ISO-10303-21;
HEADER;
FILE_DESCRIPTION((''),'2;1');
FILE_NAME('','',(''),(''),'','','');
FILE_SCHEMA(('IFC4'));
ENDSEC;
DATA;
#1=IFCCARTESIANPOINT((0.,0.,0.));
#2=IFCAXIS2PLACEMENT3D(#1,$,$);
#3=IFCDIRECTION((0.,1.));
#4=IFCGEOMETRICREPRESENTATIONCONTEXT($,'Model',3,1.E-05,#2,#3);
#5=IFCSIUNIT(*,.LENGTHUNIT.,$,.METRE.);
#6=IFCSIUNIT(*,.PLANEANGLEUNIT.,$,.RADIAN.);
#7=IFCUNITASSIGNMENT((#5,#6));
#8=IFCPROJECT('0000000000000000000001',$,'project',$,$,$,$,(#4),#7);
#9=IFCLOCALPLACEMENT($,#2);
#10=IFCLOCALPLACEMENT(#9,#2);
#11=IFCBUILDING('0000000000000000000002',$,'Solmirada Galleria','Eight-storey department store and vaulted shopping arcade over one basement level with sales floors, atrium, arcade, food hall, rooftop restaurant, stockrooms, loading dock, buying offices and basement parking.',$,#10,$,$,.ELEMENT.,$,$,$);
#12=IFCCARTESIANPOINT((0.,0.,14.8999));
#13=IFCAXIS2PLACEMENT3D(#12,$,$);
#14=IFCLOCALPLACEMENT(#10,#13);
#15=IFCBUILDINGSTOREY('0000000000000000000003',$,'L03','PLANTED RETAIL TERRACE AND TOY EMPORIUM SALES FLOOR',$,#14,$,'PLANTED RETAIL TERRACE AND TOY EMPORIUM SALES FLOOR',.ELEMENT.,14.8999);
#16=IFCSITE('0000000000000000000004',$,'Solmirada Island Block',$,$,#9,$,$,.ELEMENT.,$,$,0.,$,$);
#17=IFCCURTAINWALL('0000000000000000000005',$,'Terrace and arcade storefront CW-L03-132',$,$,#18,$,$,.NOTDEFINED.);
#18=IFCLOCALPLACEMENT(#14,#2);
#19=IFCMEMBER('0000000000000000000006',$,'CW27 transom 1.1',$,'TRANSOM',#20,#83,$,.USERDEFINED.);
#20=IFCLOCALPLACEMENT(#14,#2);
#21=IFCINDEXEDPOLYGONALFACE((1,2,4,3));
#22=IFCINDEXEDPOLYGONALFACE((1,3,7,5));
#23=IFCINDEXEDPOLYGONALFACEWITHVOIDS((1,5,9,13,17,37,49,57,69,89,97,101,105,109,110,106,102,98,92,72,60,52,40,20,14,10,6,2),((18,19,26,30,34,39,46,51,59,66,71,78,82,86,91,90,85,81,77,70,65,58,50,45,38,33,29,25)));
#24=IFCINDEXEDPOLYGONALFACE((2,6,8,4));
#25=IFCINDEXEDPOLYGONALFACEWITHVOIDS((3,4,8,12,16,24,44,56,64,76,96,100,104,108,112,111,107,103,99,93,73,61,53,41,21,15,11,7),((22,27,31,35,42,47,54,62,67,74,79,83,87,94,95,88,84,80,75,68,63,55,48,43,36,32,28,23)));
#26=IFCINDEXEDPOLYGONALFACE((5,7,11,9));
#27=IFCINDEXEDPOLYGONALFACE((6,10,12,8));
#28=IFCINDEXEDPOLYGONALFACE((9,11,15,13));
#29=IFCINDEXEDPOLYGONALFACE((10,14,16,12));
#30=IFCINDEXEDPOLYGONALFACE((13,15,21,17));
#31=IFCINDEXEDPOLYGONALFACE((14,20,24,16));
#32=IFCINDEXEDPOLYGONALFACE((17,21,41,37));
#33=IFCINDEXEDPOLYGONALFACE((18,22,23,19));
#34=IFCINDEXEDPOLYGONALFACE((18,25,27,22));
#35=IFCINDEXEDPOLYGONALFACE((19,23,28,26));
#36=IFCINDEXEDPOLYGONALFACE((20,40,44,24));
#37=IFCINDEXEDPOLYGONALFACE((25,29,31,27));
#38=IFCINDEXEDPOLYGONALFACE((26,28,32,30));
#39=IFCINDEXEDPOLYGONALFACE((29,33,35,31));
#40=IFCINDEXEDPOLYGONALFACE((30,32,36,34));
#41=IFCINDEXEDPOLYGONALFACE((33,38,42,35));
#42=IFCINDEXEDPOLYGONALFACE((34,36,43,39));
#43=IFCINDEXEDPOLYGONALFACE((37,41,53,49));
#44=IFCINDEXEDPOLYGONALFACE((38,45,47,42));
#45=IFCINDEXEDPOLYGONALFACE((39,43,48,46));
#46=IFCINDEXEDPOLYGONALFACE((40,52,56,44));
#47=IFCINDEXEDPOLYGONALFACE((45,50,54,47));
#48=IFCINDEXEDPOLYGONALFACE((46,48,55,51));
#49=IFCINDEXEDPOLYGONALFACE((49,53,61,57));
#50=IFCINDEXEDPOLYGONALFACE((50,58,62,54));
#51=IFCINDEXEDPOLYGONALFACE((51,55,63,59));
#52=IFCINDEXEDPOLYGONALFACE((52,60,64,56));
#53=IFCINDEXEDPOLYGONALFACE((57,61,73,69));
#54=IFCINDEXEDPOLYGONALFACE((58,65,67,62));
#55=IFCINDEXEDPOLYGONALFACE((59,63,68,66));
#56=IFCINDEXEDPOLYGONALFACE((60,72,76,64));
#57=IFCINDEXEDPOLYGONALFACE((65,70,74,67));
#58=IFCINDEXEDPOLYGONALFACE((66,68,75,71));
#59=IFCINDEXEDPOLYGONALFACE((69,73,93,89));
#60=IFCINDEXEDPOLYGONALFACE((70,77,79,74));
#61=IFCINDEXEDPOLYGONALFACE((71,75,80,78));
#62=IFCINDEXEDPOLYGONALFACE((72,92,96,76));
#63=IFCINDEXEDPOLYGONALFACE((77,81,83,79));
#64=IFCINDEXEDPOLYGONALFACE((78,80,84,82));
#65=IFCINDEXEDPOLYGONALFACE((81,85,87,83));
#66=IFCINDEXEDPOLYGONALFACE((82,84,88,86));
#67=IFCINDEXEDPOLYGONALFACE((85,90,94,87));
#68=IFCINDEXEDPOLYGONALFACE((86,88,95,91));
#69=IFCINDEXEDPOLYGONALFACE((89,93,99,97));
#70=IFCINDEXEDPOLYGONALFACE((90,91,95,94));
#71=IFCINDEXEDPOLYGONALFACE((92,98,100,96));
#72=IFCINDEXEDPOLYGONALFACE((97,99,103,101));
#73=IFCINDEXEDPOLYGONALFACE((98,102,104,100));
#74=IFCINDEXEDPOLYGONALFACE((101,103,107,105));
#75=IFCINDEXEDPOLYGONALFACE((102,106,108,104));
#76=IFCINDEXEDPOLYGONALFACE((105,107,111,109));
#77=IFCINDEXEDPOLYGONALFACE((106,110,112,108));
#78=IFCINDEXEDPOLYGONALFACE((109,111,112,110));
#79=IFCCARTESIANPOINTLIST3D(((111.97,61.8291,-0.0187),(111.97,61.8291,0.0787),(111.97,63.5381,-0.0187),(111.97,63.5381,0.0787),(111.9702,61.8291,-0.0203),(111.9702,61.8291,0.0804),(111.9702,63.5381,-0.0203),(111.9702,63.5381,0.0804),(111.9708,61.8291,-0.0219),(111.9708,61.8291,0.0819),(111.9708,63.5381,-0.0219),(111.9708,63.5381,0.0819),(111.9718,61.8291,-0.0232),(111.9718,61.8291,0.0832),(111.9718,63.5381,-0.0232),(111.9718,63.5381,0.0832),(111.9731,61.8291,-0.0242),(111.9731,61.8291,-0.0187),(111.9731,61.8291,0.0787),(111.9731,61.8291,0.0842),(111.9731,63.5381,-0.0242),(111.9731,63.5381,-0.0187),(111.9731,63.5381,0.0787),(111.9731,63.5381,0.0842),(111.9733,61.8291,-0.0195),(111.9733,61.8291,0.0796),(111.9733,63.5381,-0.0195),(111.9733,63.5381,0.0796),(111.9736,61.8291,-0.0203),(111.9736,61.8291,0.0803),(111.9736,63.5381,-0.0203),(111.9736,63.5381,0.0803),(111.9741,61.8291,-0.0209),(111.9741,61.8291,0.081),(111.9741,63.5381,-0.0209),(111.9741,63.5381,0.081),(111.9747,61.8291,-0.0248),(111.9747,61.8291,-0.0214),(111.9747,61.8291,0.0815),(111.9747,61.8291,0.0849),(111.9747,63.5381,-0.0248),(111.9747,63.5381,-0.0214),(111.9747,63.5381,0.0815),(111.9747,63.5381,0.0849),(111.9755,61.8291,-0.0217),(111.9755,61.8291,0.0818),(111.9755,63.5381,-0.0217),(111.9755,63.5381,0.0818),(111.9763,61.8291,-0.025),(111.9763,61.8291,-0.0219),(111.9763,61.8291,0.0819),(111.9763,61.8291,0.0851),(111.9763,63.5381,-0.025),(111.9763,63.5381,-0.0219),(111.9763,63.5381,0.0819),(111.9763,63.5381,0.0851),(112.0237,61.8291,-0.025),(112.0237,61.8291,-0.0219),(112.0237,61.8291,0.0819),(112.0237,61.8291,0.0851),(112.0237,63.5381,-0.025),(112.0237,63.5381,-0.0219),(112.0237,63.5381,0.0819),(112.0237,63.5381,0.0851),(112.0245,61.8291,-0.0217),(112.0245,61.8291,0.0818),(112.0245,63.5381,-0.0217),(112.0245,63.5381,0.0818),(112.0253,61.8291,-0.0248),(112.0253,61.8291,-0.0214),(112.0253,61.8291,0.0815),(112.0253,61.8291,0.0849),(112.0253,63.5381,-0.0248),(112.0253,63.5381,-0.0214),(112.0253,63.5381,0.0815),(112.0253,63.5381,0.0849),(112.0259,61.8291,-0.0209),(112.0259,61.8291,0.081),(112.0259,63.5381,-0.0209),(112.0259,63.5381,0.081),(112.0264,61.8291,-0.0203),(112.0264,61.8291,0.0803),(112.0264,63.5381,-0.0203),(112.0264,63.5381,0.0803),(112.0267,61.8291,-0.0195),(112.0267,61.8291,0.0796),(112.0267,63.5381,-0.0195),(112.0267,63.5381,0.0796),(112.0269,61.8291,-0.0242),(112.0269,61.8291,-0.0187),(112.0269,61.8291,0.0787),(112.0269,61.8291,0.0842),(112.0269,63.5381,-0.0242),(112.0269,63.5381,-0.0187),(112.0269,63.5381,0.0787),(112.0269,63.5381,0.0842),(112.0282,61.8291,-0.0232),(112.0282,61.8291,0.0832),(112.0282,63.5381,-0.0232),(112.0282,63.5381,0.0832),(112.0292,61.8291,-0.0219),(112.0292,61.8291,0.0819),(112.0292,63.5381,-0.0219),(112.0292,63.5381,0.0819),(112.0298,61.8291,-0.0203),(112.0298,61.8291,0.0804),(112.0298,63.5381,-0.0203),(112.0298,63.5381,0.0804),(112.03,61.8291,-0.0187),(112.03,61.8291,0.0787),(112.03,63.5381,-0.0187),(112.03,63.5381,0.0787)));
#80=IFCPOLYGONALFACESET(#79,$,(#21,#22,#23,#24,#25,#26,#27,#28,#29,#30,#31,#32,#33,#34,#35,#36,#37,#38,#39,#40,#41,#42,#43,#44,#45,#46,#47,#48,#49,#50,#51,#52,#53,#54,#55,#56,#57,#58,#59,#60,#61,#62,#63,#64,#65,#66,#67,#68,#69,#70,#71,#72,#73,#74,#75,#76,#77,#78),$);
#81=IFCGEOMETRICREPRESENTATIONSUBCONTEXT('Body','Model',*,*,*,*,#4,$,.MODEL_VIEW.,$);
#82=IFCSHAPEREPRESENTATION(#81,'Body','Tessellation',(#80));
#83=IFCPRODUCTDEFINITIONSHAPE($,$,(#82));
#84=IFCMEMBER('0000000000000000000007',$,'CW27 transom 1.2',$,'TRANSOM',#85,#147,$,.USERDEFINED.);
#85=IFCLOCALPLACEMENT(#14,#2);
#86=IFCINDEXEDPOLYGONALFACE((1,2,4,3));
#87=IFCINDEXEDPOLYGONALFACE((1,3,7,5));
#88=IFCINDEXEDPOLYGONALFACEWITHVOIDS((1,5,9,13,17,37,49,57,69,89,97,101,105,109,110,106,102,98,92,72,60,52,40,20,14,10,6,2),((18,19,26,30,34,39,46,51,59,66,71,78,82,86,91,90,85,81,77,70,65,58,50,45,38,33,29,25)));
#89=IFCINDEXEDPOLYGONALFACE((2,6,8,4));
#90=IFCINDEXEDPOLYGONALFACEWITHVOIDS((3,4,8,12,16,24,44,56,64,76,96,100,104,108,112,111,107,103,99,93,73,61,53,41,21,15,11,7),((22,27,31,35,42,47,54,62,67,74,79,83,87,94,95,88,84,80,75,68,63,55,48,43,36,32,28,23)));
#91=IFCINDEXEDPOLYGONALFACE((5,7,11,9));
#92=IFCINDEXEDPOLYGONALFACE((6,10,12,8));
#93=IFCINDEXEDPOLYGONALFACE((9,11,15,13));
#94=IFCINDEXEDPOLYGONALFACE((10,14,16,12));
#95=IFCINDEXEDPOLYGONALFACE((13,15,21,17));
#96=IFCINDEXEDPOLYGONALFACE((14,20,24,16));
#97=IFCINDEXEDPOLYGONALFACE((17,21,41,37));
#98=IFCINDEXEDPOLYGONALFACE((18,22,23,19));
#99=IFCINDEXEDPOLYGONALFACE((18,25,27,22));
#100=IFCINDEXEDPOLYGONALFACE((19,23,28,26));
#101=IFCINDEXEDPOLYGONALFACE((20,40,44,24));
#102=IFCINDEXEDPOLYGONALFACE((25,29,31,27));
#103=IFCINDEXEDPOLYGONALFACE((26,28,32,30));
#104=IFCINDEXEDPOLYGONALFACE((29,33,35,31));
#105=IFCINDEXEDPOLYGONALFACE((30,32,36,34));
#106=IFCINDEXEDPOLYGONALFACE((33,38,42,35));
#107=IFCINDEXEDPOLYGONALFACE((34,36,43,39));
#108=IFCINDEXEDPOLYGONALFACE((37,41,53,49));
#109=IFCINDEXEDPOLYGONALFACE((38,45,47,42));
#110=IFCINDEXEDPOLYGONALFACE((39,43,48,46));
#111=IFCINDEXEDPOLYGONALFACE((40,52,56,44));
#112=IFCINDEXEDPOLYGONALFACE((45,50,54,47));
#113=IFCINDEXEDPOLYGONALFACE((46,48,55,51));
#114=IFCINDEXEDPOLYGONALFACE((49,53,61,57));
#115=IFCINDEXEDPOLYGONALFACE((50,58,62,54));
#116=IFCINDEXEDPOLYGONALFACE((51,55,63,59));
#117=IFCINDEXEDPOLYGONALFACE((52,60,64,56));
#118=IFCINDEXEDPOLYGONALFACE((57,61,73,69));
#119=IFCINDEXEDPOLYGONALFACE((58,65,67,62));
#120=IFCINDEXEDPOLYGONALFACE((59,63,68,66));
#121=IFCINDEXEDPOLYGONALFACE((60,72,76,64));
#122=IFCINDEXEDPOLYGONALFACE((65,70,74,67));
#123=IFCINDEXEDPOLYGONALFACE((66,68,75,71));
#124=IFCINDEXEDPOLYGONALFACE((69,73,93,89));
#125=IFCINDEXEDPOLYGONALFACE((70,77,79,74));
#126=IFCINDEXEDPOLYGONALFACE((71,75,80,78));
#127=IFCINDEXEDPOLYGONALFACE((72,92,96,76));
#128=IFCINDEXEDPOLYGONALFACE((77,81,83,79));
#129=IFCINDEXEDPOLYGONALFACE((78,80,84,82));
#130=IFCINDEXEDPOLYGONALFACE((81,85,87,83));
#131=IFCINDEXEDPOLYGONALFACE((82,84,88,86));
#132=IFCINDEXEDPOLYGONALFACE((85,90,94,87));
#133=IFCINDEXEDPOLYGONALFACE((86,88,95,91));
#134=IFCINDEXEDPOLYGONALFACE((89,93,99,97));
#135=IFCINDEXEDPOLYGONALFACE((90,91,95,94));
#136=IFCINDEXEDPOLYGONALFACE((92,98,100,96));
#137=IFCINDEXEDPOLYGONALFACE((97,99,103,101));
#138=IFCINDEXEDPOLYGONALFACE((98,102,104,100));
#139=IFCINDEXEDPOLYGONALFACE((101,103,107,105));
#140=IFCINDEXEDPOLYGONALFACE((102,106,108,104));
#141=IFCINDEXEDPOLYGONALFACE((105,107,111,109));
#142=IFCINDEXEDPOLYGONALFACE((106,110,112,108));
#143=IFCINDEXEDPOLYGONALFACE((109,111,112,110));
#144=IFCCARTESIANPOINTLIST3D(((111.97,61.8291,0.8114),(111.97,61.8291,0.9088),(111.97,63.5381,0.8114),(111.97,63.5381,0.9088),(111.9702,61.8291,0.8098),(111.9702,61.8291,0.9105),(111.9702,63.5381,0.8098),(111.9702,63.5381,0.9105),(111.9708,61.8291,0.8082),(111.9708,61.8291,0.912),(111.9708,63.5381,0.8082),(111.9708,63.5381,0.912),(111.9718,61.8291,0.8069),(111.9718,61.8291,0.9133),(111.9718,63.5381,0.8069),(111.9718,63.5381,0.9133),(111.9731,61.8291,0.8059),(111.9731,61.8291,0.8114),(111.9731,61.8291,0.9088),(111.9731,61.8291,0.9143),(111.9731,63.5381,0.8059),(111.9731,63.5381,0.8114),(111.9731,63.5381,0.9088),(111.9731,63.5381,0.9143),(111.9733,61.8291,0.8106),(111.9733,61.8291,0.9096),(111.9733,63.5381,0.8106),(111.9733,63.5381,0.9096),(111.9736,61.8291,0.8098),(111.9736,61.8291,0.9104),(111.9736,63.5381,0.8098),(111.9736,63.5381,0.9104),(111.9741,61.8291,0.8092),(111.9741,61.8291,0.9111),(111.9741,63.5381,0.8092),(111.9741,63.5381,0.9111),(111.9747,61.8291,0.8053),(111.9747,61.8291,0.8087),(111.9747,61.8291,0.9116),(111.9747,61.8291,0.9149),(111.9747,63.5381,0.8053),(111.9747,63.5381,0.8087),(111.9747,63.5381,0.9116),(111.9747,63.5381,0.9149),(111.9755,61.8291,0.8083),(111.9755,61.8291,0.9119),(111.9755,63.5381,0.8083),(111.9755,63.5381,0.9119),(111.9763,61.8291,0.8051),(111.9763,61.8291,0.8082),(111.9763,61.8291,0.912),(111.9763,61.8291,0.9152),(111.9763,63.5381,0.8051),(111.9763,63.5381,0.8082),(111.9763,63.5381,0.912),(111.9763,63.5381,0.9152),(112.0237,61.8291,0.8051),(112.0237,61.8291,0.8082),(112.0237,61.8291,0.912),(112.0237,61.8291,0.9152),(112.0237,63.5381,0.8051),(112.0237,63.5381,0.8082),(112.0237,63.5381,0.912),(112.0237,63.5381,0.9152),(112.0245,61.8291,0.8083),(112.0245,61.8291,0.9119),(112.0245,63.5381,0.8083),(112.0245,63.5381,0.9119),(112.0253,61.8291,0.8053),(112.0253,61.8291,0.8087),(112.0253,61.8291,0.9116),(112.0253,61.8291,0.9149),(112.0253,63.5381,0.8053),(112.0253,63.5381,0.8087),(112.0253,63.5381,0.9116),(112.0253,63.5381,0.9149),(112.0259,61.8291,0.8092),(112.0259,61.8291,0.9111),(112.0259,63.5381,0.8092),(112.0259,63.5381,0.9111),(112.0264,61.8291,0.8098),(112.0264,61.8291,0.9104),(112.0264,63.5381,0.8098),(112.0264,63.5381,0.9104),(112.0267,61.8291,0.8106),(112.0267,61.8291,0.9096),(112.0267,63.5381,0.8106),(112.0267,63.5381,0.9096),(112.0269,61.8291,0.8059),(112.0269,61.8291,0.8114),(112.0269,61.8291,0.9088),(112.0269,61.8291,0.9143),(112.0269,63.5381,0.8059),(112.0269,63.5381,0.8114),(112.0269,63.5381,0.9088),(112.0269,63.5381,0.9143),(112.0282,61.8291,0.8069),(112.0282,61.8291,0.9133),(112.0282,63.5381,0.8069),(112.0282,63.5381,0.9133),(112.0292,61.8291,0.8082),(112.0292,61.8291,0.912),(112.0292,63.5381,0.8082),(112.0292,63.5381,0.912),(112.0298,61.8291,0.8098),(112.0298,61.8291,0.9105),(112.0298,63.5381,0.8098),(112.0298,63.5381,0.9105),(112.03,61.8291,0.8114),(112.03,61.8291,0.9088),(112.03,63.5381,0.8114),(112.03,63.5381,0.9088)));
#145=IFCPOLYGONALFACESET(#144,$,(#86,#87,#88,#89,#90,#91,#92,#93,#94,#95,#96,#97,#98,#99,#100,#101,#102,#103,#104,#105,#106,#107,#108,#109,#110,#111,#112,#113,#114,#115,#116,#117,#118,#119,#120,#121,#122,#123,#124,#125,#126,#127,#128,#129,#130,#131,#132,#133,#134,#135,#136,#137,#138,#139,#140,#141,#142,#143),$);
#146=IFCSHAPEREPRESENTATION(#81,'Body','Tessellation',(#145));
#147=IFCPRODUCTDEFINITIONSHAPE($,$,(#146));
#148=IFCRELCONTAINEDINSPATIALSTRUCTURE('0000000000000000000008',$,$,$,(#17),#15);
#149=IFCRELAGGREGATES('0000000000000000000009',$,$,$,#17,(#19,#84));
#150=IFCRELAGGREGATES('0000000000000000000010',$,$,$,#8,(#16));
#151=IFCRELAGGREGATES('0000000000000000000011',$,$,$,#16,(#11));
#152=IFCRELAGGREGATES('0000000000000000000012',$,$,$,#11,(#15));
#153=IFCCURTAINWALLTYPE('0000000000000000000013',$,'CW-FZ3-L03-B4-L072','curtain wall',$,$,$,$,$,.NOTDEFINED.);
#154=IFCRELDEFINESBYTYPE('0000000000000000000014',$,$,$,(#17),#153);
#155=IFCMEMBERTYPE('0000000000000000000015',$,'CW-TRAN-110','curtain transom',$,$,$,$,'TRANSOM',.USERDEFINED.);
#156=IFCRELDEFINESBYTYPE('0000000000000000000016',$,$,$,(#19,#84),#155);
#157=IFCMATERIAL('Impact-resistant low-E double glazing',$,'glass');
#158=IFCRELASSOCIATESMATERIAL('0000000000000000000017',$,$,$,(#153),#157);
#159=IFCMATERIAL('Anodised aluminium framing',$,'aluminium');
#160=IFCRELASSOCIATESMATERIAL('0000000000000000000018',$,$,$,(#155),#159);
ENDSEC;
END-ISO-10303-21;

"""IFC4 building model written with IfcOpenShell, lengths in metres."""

from ifc_helpers import new_model, si_unit, direction, frame, origin, origin_2d, place, context, subcontext, project, spatial, hollow_rectangle, extrude, material, material_profile, profile_set, type_object, element, aggregate, save


model = new_model("IFC4")

# Units and contexts
model_context = context("Model", 3, precision=1e-05, world=origin(), true_north=direction((0.0, 1.0)))
body_context = subcontext(model_context, "Body", "Model", "MODEL_VIEW")
ifc_project = project(units=[si_unit("LENGTHUNIT", "METRE"), si_unit("PLANEANGLEUNIT", "RADIAN")], contexts=[model_context])

# Site, building, storey
site_placement = place(None, origin())
site = spatial("IfcSite", under=ifc_project, at=site_placement, Name="Solmirada Island Block", CompositionType="ELEMENT", RefElevation=0.0)
building_placement = place(site_placement, origin())
building = spatial("IfcBuilding", under=site, at=building_placement, Name="Solmirada Galleria", Description="Eight-storey department store and vaulted shopping arcade over one basement level with sales floors, atrium, arcade, food hall, rooftop restaurant, stockrooms, loading dock, buying offices and basement parking.", CompositionType="ELEMENT")
storey_placement = place(building_placement, frame((0.0, 0.0, 14.8999)))
storey = spatial("IfcBuildingStorey", under=building, at=storey_placement, Name="L03", Description="PLANTED RETAIL TERRACE AND TOY EMPORIUM SALES FLOOR", LongName="PLANTED RETAIL TERRACE AND TOY EMPORIUM SALES FLOOR", CompositionType="ELEMENT", Elevation=14.8999)

# Curtain wall, members
ifc_material_1 = material(Name="Impact-resistant low-E double glazing", Category="glass")
curtain_wall_type = type_object("IfcCurtainWallType", Name="CW-FZ3-L03-B4-L072", Description="curtain wall", PredefinedType="NOTDEFINED", material=ifc_material_1)
curtain_wall_placement = place(storey_placement, origin())
curtain_wall = element("IfcCurtainWall", 1, at=curtain_wall_placement, inside=storey, type_object=curtain_wall_type, Name="Terrace and arcade storefront CW-L03-132", PredefinedType="NOTDEFINED")
ifc_material_2 = material(Name="Anodised aluminium framing", Category="aluminium")
ifc_material_profile_1 = material_profile(ifc_material_2, hollow_rectangle(XDim=0.0601, YDim=0.1101, WallThickness=0.0032, InnerFilletRadius=0.0032, OuterFilletRadius=0.0063, at=origin_2d()), Name="ALU-TRAN-110X60")
ifc_profile_set_1 = profile_set([ifc_material_profile_1], Name="Anodised aluminium framing")
member_type_1 = type_object("IfcMemberType", Name="CW-TRAN-110", Description="curtain transom", ElementType="TRANSOM", PredefinedType="USERDEFINED", material=ifc_profile_set_1)
member_1_placement = place(storey_placement, frame((112.0, 63.5381, 0.03), z_axis=(0.0, -1.0, 0.0), x_axis=(1.0, 0.0, 0.0)))
member_1 = element("IfcMember", 2, at=member_1_placement, type_object=member_type_1, Name="CW27 transom 1.1", ObjectType="TRANSOM", PredefinedType="USERDEFINED", context=body_context, shape_type="SweptSolid", body=[
    extrude(hollow_rectangle(XDim=0.0601, YDim=0.1101, WallThickness=0.0032, InnerFilletRadius=0.0032, OuterFilletRadius=0.0063, at=origin_2d()), origin(), (0.0, 0.0, 1.0), 1.709),
])
member_2_placement = place(storey_placement, frame((112.0, 63.5381, 0.8601), z_axis=(0.0, -1.0, 0.0), x_axis=(1.0, 0.0, 0.0)))
member_2 = element("IfcMember", 3, at=member_2_placement, type_object=member_type_1, Name="CW27 transom 1.2", ObjectType="TRANSOM", PredefinedType="USERDEFINED", context=body_context, shape_type="SweptSolid", body=[
    extrude(hollow_rectangle(XDim=0.0601, YDim=0.1101, WallThickness=0.0032, InnerFilletRadius=0.0032, OuterFilletRadius=0.0063, at=origin_2d()), origin(), (0.0, 0.0, 1.0), 1.709),
])
aggregate(curtain_wall, [member_1, member_2])

save(model, "model.ifc")
